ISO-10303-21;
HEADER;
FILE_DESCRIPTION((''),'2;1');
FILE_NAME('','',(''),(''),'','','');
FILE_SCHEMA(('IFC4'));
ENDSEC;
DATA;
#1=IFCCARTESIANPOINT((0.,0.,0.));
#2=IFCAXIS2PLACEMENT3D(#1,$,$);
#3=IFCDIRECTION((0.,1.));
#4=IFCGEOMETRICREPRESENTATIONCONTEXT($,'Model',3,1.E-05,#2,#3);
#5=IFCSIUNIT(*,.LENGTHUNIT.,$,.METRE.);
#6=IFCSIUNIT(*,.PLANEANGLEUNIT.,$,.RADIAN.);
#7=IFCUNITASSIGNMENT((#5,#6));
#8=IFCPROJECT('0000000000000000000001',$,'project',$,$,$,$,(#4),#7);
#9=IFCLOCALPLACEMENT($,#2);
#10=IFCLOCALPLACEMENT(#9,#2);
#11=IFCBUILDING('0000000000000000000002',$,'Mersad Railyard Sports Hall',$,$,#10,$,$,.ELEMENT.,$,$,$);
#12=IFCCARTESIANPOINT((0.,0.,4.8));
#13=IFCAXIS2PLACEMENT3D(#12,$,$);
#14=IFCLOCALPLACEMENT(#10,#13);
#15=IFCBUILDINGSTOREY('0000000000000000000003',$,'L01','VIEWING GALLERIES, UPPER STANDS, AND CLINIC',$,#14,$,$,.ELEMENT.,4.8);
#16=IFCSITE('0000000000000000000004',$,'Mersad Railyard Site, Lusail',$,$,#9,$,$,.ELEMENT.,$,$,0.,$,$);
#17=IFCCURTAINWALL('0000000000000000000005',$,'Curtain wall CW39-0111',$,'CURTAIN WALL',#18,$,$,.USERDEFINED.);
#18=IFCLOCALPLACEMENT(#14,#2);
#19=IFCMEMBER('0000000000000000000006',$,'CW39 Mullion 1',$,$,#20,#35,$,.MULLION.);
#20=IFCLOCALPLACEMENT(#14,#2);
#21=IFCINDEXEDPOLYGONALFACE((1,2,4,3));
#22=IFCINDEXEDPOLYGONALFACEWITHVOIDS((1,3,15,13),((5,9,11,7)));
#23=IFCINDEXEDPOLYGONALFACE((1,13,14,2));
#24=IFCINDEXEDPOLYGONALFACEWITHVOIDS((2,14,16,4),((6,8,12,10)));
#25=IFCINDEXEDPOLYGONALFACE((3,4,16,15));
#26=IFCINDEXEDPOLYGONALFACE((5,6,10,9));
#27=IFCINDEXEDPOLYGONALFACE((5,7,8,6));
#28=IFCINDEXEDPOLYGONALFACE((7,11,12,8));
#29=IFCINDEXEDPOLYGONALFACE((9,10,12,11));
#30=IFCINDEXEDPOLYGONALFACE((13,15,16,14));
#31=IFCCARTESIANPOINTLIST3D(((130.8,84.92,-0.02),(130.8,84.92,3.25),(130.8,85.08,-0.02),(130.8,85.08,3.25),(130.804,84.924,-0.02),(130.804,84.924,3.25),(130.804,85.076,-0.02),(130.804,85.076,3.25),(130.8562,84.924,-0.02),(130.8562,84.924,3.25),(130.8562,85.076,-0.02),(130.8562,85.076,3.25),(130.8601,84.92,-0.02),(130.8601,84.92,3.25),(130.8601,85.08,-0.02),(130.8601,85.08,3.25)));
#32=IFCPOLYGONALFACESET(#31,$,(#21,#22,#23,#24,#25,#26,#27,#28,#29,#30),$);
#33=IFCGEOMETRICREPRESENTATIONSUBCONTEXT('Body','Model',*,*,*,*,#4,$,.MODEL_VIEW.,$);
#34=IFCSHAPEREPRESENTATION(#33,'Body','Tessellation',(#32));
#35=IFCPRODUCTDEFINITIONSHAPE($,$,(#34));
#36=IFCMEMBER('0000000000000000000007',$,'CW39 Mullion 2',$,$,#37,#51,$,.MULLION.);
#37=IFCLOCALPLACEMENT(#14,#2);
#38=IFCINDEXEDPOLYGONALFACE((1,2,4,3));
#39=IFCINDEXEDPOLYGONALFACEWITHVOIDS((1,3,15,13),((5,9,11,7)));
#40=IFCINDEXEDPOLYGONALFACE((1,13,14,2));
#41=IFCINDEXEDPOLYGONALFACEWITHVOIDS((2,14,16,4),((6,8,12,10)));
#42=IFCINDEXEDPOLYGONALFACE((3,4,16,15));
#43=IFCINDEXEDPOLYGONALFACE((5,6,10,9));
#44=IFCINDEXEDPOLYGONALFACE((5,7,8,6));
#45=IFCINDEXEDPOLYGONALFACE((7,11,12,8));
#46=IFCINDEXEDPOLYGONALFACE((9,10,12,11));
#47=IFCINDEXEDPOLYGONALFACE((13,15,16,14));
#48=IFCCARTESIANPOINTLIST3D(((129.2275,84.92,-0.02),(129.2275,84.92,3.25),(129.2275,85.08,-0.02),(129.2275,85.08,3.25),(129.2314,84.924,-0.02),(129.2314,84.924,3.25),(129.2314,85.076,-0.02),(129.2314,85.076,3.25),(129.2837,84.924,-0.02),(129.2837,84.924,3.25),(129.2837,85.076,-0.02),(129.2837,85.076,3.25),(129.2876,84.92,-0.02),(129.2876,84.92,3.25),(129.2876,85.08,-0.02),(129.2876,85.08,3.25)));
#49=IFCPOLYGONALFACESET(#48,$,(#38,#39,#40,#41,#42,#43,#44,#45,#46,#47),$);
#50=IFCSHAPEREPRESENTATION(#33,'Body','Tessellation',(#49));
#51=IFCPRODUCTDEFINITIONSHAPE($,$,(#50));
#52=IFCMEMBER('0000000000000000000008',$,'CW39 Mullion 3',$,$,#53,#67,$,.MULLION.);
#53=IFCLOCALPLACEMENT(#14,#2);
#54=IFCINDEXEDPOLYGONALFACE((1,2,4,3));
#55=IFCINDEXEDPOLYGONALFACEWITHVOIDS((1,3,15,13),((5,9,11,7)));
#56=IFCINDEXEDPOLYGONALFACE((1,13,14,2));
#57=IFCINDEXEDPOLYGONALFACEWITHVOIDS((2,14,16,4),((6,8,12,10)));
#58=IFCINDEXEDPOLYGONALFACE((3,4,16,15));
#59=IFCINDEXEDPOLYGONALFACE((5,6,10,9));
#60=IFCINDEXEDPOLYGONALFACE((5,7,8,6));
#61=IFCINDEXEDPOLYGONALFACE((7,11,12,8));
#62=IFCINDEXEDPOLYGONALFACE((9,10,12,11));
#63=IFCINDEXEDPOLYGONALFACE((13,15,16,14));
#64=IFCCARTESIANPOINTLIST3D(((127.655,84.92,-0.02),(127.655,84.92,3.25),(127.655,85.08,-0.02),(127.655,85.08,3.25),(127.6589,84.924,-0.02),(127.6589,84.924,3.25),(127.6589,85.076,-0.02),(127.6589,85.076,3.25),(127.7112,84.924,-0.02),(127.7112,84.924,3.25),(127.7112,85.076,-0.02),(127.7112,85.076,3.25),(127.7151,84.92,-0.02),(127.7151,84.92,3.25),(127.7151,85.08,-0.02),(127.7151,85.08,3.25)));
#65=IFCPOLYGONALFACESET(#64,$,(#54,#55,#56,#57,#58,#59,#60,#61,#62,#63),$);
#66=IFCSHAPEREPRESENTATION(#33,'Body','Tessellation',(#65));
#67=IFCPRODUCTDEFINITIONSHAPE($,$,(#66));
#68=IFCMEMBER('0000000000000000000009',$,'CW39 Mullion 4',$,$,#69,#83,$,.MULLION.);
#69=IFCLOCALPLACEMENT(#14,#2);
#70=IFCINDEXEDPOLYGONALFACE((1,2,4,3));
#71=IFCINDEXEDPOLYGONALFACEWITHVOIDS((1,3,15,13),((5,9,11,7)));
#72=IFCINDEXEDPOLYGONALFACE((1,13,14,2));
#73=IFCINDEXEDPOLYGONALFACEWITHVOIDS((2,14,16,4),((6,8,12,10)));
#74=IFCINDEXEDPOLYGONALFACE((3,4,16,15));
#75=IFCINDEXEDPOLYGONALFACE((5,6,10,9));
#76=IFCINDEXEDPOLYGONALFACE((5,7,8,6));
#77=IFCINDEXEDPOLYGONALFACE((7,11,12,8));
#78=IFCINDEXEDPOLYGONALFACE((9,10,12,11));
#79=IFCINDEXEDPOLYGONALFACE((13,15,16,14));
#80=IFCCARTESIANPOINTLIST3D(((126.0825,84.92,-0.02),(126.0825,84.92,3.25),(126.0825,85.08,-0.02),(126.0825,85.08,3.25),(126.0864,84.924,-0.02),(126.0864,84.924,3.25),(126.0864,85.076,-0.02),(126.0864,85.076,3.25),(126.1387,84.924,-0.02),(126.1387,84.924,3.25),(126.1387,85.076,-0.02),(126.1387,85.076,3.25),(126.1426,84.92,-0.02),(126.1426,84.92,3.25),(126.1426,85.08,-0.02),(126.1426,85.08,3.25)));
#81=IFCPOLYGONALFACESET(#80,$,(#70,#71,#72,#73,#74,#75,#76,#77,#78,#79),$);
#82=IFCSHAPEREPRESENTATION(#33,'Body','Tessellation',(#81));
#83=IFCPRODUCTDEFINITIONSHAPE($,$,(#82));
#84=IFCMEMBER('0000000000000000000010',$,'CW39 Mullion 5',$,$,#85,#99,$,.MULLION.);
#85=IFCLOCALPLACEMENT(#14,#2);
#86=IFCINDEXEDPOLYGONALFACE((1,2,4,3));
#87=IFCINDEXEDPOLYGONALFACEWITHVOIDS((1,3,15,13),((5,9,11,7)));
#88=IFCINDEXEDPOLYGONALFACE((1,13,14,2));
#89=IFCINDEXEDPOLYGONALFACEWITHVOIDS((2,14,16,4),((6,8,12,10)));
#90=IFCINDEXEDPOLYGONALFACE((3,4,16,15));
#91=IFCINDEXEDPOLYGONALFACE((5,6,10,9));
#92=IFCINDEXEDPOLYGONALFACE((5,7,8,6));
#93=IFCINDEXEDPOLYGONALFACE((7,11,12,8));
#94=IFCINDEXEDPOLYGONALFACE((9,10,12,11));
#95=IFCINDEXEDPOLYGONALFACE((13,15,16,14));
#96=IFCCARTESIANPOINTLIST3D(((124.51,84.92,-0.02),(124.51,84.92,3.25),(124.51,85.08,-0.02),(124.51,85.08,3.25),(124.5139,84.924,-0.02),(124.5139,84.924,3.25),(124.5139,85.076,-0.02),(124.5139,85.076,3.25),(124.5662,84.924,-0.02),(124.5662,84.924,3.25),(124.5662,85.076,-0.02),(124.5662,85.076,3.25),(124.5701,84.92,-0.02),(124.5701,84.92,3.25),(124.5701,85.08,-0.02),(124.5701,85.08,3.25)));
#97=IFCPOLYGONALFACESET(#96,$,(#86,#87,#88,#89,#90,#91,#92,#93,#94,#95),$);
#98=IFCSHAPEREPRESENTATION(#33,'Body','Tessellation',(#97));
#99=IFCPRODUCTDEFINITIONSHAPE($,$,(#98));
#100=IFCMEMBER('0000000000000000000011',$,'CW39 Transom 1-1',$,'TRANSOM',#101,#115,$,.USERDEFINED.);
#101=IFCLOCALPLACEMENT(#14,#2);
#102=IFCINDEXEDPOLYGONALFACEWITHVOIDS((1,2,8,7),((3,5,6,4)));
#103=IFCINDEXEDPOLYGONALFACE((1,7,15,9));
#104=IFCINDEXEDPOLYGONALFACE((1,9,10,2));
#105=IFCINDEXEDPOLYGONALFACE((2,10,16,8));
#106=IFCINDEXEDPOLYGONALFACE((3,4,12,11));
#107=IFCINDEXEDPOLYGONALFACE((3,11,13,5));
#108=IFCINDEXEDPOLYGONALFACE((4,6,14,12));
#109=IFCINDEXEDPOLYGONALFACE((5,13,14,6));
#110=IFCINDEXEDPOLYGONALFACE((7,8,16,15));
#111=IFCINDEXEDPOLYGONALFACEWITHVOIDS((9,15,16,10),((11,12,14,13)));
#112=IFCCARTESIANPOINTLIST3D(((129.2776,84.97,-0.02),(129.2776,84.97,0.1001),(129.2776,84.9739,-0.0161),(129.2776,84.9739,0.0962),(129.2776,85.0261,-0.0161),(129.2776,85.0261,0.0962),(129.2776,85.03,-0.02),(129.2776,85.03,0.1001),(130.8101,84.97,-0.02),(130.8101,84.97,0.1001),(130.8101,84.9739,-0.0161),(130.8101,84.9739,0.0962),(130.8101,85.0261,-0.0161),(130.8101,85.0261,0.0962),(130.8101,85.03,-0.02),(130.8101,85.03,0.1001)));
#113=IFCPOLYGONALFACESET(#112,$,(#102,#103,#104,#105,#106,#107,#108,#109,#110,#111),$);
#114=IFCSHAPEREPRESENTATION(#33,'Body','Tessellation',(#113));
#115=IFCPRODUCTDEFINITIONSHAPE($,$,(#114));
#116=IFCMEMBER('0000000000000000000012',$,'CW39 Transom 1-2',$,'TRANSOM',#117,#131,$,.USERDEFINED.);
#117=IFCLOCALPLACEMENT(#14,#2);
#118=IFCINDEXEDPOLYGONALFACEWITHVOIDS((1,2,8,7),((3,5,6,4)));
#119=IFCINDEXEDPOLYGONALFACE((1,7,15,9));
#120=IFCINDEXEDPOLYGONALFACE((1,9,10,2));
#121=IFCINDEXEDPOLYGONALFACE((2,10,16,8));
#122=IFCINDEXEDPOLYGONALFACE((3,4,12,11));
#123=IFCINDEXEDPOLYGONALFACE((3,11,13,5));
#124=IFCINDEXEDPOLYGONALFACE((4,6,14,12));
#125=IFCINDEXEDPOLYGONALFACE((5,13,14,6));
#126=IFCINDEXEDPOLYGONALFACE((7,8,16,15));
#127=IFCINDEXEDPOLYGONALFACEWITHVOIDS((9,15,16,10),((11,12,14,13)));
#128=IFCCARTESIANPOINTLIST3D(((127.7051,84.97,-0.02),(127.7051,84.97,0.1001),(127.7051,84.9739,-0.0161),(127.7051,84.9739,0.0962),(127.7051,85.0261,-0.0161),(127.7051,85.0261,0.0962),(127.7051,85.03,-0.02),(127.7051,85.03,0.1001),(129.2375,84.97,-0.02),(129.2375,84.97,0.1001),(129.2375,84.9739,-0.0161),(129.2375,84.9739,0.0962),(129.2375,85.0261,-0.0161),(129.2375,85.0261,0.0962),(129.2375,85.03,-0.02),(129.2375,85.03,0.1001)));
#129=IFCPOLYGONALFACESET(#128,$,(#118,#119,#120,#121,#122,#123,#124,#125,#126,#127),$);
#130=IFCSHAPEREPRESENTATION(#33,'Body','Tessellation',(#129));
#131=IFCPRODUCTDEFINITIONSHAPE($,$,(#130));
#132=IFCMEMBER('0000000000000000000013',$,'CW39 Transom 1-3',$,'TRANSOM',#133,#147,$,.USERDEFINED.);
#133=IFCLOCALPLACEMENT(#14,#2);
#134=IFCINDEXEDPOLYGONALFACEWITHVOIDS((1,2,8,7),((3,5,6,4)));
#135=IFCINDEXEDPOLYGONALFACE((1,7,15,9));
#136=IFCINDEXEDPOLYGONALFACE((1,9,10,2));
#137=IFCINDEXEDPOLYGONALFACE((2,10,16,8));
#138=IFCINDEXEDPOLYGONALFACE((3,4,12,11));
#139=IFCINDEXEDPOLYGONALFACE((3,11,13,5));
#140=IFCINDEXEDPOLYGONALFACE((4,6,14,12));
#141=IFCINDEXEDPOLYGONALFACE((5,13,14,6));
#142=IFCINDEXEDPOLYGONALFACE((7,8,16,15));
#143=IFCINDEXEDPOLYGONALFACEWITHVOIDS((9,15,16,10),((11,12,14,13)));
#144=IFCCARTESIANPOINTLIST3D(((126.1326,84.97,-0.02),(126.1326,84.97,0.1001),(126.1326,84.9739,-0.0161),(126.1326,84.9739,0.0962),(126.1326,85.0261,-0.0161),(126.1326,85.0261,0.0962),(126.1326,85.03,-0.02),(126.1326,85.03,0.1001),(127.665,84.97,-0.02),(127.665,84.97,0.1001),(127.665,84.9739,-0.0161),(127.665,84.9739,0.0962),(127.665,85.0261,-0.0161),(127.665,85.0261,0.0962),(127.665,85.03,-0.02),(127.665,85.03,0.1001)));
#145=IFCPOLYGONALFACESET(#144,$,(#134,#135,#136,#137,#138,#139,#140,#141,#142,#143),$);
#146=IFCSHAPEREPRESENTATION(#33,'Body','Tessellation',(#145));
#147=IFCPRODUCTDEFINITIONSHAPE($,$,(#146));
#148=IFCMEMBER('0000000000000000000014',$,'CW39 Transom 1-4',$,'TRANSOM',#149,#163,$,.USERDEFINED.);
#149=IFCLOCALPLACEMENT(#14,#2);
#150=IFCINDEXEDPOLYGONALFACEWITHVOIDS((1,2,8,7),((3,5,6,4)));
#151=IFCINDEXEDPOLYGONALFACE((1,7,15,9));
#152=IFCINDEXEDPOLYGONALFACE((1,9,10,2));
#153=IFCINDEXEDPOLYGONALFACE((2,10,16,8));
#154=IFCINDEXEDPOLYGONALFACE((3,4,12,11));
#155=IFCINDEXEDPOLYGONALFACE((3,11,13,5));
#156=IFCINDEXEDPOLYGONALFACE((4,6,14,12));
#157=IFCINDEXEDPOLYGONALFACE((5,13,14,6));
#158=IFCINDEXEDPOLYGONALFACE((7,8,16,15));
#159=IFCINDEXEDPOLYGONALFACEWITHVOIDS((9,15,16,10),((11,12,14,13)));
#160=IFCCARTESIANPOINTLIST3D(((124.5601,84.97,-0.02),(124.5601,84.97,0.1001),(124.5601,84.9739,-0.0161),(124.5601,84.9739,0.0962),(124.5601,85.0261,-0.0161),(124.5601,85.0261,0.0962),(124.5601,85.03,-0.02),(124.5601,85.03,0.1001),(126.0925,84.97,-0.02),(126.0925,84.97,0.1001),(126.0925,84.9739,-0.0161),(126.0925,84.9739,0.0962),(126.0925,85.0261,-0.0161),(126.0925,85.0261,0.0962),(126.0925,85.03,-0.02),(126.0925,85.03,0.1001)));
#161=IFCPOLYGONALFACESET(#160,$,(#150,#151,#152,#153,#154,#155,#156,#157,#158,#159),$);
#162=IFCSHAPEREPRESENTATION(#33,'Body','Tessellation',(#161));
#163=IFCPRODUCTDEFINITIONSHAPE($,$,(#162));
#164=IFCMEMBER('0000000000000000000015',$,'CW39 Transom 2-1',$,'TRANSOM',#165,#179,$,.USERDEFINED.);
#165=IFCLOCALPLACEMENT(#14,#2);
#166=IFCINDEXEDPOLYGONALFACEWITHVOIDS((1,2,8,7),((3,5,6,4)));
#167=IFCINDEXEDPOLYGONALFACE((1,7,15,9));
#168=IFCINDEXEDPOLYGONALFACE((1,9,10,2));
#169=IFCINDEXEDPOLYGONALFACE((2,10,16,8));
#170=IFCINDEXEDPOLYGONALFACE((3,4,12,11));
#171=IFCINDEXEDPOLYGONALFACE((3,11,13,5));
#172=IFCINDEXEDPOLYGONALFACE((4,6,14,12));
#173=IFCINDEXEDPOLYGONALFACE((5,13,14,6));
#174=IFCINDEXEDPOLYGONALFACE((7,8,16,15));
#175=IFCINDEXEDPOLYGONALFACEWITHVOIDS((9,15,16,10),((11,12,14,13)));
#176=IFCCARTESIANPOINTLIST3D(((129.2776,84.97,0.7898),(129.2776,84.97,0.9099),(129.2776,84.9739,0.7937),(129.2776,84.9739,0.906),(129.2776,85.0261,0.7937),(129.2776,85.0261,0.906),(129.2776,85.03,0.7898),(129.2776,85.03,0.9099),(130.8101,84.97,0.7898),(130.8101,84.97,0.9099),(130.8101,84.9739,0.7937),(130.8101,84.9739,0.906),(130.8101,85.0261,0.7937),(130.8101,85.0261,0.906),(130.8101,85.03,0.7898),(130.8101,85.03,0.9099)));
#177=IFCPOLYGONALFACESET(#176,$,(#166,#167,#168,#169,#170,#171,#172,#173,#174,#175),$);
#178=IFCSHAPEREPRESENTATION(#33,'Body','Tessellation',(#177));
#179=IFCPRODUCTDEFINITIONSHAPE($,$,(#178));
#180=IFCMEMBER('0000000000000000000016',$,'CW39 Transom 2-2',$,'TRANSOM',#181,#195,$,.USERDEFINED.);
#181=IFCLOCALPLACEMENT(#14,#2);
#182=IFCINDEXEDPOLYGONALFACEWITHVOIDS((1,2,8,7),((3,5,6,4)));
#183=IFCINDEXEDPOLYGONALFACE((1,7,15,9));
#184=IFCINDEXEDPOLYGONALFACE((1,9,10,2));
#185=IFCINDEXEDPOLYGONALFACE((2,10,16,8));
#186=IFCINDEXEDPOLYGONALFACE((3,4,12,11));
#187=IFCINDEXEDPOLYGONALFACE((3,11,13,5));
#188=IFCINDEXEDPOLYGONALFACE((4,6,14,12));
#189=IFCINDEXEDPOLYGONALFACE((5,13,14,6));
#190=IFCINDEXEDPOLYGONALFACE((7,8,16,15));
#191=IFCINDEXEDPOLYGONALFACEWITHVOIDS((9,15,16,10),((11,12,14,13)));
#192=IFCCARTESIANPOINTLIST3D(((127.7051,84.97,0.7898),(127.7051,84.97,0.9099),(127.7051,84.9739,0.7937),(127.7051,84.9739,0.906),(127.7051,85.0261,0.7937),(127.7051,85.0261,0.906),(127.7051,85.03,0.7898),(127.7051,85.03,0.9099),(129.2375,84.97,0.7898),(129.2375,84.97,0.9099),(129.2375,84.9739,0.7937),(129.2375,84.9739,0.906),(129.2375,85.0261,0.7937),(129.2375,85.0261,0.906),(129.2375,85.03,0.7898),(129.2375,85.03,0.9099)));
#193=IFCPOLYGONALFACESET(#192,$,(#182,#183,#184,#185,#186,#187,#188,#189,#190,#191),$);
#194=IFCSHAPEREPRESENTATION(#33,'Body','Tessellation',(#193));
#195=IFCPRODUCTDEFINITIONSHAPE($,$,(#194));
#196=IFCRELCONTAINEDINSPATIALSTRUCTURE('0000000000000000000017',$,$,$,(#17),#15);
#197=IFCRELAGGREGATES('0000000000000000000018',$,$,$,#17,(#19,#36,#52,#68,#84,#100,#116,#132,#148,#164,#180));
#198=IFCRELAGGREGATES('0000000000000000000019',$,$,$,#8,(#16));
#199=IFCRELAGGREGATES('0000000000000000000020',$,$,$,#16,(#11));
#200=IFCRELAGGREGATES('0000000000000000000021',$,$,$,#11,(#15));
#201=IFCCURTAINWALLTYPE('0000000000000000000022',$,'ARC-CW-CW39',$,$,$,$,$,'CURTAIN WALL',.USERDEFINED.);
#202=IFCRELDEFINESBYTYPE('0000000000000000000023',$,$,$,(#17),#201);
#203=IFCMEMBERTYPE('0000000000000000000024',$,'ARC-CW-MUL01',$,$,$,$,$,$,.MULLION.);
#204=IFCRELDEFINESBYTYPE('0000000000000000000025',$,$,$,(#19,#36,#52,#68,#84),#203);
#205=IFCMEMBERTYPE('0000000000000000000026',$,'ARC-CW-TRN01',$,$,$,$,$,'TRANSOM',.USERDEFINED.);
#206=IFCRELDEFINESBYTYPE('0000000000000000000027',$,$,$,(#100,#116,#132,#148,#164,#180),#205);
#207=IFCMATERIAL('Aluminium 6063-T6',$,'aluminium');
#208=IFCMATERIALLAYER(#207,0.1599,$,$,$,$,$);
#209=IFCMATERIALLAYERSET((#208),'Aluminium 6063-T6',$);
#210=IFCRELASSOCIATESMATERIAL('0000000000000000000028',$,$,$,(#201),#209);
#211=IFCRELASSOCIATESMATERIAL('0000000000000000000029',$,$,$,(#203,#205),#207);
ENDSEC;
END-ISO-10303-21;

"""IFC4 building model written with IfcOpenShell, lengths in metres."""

from ifc_helpers import new_model, si_unit, direction, frame, origin, origin_2d, place, context, subcontext, project, spatial, hollow_rectangle, extrude, material, layer, layer_set, material_profile, profile_set, type_object, element, aggregate, save


model = new_model("IFC4")

# Units and contexts
model_context = context("Model", 3, precision=1e-05, world=origin(), true_north=direction((0.0, 1.0)))
body_context = subcontext(model_context, "Body", "Model", "MODEL_VIEW")
ifc_project = project(units=[si_unit("LENGTHUNIT", "METRE"), si_unit("PLANEANGLEUNIT", "RADIAN")], contexts=[model_context])

# Site, building, storey
site_placement = place(None, origin())
site = spatial("IfcSite", under=ifc_project, at=site_placement, Name="Mersad Railyard Site, Lusail", CompositionType="ELEMENT", RefElevation=0.0)
building_placement = place(site_placement, origin())
building = spatial("IfcBuilding", under=site, at=building_placement, Name="Mersad Railyard Sports Hall", CompositionType="ELEMENT")
storey_placement = place(building_placement, frame((0.0, 0.0, 4.8)))
storey = spatial("IfcBuildingStorey", under=building, at=storey_placement, Name="L01", Description="VIEWING GALLERIES, UPPER STANDS, AND CLINIC", CompositionType="ELEMENT", Elevation=4.8)

# Curtain wall, members
ifc_material_1 = material(Name="Aluminium 6063-T6", Category="aluminium")
ifc_layer_1 = layer(ifc_material_1, 0.1599)
ifc_layer_set_1 = layer_set([ifc_layer_1], Name="Aluminium 6063-T6")
curtain_wall_type = type_object("IfcCurtainWallType", Name="ARC-CW-CW39", ElementType="CURTAIN WALL", PredefinedType="USERDEFINED", material=ifc_layer_set_1)
curtain_wall_placement = place(storey_placement, origin())
curtain_wall = element("IfcCurtainWall", 1, at=curtain_wall_placement, inside=storey, type_object=curtain_wall_type, Name="Curtain wall CW39-0111", ObjectType="CURTAIN WALL", PredefinedType="USERDEFINED")
ifc_material_profile_1 = material_profile(ifc_material_1, hollow_rectangle(XDim=0.0601, YDim=0.1599, WallThickness=0.0039, at=origin_2d()), Name="AL MULLION 60x160x4")
ifc_profile_set_1 = profile_set([ifc_material_profile_1], Name="Aluminium 6063-T6")
member_type_1 = type_object("IfcMemberType", Name="ARC-CW-MUL01", PredefinedType="MULLION", material=ifc_profile_set_1)
member_1_placement = place(storey_placement, frame((130.8301, 85.0, -0.02), z_axis=(0.0, 0.0, 1.0), x_axis=(1.0, 0.0, 0.0)))
member_1 = element("IfcMember", 2, at=member_1_placement, type_object=member_type_1, Name="CW39 Mullion 1", PredefinedType="MULLION", context=body_context, shape_type="SweptSolid", body=[
    extrude(hollow_rectangle(XDim=0.0601, YDim=0.1599, WallThickness=0.0039, at=origin_2d()), origin(), (0.0, 0.0, 1.0), 3.27),
])
member_2_placement = place(storey_placement, frame((129.2576, 85.0, -0.02), z_axis=(0.0, 0.0, 1.0), x_axis=(1.0, 0.0, 0.0)))
member_2 = element("IfcMember", 3, at=member_2_placement, type_object=member_type_1, Name="CW39 Mullion 2", PredefinedType="MULLION", context=body_context, shape_type="SweptSolid", body=[
    extrude(hollow_rectangle(XDim=0.0601, YDim=0.1599, WallThickness=0.0039, at=origin_2d()), origin(), (0.0, 0.0, 1.0), 3.27),
])
member_3_placement = place(storey_placement, frame((127.6851, 85.0, -0.02), z_axis=(0.0, 0.0, 1.0), x_axis=(1.0, 0.0, 0.0)))
member_3 = element("IfcMember", 4, at=member_3_placement, type_object=member_type_1, Name="CW39 Mullion 3", PredefinedType="MULLION", context=body_context, shape_type="SweptSolid", body=[
    extrude(hollow_rectangle(XDim=0.0601, YDim=0.1599, WallThickness=0.0039, at=origin_2d()), origin(), (0.0, 0.0, 1.0), 3.27),
])
member_4_placement = place(storey_placement, frame((126.1125, 85.0, -0.02), z_axis=(0.0, 0.0, 1.0), x_axis=(1.0, 0.0, 0.0)))
member_4 = element("IfcMember", 5, at=member_4_placement, type_object=member_type_1, Name="CW39 Mullion 4", PredefinedType="MULLION", context=body_context, shape_type="SweptSolid", body=[
    extrude(hollow_rectangle(XDim=0.0601, YDim=0.1599, WallThickness=0.0039, at=origin_2d()), origin(), (0.0, 0.0, 1.0), 3.27),
])
member_5_placement = place(storey_placement, frame((124.54, 85.0, -0.02), z_axis=(0.0, 0.0, 1.0), x_axis=(1.0, 0.0, 0.0)))
member_5 = element("IfcMember", 6, at=member_5_placement, type_object=member_type_1, Name="CW39 Mullion 5", PredefinedType="MULLION", context=body_context, shape_type="SweptSolid", body=[
    extrude(hollow_rectangle(XDim=0.0601, YDim=0.1599, WallThickness=0.0039, at=origin_2d()), origin(), (0.0, 0.0, 1.0), 3.27),
])
ifc_material_profile_2 = material_profile(ifc_material_1, hollow_rectangle(XDim=0.0601, YDim=0.1201, WallThickness=0.0039, at=origin_2d()), Name="AL TRANSOM 60x120x4")
ifc_profile_set_2 = profile_set([ifc_material_profile_2], Name="Aluminium 6063-T6")
member_type_2 = type_object("IfcMemberType", Name="ARC-CW-TRN01", ElementType="TRANSOM", PredefinedType="USERDEFINED", material=ifc_profile_set_2)
member_6_placement = place(storey_placement, frame((130.8101, 85.0, 0.04), z_axis=(-1.0, 0.0, 0.0), x_axis=(0.0, -1.0, 0.0)))
member_6 = element("IfcMember", 7, at=member_6_placement, type_object=member_type_2, Name="CW39 Transom 1-1", ObjectType="TRANSOM", PredefinedType="USERDEFINED", context=body_context, shape_type="SweptSolid", body=[
    extrude(hollow_rectangle(XDim=0.0601, YDim=0.1201, WallThickness=0.0039, at=origin_2d()), origin(), (0.0, 0.0, 1.0), 1.5325),
])
member_7_placement = place(storey_placement, frame((129.2375, 85.0, 0.04), z_axis=(-1.0, 0.0, 0.0), x_axis=(0.0, -1.0, 0.0)))
member_7 = element("IfcMember", 8, at=member_7_placement, type_object=member_type_2, Name="CW39 Transom 1-2", ObjectType="TRANSOM", PredefinedType="USERDEFINED", context=body_context, shape_type="SweptSolid", body=[
    extrude(hollow_rectangle(XDim=0.0601, YDim=0.1201, WallThickness=0.0039, at=origin_2d()), origin(), (0.0, 0.0, 1.0), 1.5325),
])
member_8_placement = place(storey_placement, frame((127.665, 85.0, 0.04), z_axis=(-1.0, 0.0, 0.0), x_axis=(0.0, -1.0, 0.0)))
member_8 = element("IfcMember", 9, at=member_8_placement, type_object=member_type_2, Name="CW39 Transom 1-3", ObjectType="TRANSOM", PredefinedType="USERDEFINED", context=body_context, shape_type="SweptSolid", body=[
    extrude(hollow_rectangle(XDim=0.0601, YDim=0.1201, WallThickness=0.0039, at=origin_2d()), origin(), (0.0, 0.0, 1.0), 1.5325),
])
member_9_placement = place(storey_placement, frame((126.0925, 85.0, 0.04), z_axis=(-1.0, 0.0, 0.0), x_axis=(0.0, -1.0, 0.0)))
member_9 = element("IfcMember", 10, at=member_9_placement, type_object=member_type_2, Name="CW39 Transom 1-4", ObjectType="TRANSOM", PredefinedType="USERDEFINED", context=body_context, shape_type="SweptSolid", body=[
    extrude(hollow_rectangle(XDim=0.0601, YDim=0.1201, WallThickness=0.0039, at=origin_2d()), origin(), (0.0, 0.0, 1.0), 1.5325),
])
member_10_placement = place(storey_placement, frame((130.8101, 85.0, 0.8499), z_axis=(-1.0, 0.0, 0.0), x_axis=(0.0, -1.0, 0.0)))
member_10 = element("IfcMember", 11, at=member_10_placement, type_object=member_type_2, Name="CW39 Transom 2-1", ObjectType="TRANSOM", PredefinedType="USERDEFINED", context=body_context, shape_type="SweptSolid", body=[
    extrude(hollow_rectangle(XDim=0.0601, YDim=0.1201, WallThickness=0.0039, at=origin_2d()), origin(), (0.0, 0.0, 1.0), 1.5325),
])
member_11_placement = place(storey_placement, frame((129.2375, 85.0, 0.8499), z_axis=(-1.0, 0.0, 0.0), x_axis=(0.0, -1.0, 0.0)))
member_11 = element("IfcMember", 12, at=member_11_placement, type_object=member_type_2, Name="CW39 Transom 2-2", ObjectType="TRANSOM", PredefinedType="USERDEFINED", context=body_context, shape_type="SweptSolid", body=[
    extrude(hollow_rectangle(XDim=0.0601, YDim=0.1201, WallThickness=0.0039, at=origin_2d()), origin(), (0.0, 0.0, 1.0), 1.5325),
])

aggregate(curtain_wall, [member_1, member_2, member_3, member_4, member_5, member_6, member_7, member_8, member_9, member_10, member_11])

save(model, "model.ifc")
